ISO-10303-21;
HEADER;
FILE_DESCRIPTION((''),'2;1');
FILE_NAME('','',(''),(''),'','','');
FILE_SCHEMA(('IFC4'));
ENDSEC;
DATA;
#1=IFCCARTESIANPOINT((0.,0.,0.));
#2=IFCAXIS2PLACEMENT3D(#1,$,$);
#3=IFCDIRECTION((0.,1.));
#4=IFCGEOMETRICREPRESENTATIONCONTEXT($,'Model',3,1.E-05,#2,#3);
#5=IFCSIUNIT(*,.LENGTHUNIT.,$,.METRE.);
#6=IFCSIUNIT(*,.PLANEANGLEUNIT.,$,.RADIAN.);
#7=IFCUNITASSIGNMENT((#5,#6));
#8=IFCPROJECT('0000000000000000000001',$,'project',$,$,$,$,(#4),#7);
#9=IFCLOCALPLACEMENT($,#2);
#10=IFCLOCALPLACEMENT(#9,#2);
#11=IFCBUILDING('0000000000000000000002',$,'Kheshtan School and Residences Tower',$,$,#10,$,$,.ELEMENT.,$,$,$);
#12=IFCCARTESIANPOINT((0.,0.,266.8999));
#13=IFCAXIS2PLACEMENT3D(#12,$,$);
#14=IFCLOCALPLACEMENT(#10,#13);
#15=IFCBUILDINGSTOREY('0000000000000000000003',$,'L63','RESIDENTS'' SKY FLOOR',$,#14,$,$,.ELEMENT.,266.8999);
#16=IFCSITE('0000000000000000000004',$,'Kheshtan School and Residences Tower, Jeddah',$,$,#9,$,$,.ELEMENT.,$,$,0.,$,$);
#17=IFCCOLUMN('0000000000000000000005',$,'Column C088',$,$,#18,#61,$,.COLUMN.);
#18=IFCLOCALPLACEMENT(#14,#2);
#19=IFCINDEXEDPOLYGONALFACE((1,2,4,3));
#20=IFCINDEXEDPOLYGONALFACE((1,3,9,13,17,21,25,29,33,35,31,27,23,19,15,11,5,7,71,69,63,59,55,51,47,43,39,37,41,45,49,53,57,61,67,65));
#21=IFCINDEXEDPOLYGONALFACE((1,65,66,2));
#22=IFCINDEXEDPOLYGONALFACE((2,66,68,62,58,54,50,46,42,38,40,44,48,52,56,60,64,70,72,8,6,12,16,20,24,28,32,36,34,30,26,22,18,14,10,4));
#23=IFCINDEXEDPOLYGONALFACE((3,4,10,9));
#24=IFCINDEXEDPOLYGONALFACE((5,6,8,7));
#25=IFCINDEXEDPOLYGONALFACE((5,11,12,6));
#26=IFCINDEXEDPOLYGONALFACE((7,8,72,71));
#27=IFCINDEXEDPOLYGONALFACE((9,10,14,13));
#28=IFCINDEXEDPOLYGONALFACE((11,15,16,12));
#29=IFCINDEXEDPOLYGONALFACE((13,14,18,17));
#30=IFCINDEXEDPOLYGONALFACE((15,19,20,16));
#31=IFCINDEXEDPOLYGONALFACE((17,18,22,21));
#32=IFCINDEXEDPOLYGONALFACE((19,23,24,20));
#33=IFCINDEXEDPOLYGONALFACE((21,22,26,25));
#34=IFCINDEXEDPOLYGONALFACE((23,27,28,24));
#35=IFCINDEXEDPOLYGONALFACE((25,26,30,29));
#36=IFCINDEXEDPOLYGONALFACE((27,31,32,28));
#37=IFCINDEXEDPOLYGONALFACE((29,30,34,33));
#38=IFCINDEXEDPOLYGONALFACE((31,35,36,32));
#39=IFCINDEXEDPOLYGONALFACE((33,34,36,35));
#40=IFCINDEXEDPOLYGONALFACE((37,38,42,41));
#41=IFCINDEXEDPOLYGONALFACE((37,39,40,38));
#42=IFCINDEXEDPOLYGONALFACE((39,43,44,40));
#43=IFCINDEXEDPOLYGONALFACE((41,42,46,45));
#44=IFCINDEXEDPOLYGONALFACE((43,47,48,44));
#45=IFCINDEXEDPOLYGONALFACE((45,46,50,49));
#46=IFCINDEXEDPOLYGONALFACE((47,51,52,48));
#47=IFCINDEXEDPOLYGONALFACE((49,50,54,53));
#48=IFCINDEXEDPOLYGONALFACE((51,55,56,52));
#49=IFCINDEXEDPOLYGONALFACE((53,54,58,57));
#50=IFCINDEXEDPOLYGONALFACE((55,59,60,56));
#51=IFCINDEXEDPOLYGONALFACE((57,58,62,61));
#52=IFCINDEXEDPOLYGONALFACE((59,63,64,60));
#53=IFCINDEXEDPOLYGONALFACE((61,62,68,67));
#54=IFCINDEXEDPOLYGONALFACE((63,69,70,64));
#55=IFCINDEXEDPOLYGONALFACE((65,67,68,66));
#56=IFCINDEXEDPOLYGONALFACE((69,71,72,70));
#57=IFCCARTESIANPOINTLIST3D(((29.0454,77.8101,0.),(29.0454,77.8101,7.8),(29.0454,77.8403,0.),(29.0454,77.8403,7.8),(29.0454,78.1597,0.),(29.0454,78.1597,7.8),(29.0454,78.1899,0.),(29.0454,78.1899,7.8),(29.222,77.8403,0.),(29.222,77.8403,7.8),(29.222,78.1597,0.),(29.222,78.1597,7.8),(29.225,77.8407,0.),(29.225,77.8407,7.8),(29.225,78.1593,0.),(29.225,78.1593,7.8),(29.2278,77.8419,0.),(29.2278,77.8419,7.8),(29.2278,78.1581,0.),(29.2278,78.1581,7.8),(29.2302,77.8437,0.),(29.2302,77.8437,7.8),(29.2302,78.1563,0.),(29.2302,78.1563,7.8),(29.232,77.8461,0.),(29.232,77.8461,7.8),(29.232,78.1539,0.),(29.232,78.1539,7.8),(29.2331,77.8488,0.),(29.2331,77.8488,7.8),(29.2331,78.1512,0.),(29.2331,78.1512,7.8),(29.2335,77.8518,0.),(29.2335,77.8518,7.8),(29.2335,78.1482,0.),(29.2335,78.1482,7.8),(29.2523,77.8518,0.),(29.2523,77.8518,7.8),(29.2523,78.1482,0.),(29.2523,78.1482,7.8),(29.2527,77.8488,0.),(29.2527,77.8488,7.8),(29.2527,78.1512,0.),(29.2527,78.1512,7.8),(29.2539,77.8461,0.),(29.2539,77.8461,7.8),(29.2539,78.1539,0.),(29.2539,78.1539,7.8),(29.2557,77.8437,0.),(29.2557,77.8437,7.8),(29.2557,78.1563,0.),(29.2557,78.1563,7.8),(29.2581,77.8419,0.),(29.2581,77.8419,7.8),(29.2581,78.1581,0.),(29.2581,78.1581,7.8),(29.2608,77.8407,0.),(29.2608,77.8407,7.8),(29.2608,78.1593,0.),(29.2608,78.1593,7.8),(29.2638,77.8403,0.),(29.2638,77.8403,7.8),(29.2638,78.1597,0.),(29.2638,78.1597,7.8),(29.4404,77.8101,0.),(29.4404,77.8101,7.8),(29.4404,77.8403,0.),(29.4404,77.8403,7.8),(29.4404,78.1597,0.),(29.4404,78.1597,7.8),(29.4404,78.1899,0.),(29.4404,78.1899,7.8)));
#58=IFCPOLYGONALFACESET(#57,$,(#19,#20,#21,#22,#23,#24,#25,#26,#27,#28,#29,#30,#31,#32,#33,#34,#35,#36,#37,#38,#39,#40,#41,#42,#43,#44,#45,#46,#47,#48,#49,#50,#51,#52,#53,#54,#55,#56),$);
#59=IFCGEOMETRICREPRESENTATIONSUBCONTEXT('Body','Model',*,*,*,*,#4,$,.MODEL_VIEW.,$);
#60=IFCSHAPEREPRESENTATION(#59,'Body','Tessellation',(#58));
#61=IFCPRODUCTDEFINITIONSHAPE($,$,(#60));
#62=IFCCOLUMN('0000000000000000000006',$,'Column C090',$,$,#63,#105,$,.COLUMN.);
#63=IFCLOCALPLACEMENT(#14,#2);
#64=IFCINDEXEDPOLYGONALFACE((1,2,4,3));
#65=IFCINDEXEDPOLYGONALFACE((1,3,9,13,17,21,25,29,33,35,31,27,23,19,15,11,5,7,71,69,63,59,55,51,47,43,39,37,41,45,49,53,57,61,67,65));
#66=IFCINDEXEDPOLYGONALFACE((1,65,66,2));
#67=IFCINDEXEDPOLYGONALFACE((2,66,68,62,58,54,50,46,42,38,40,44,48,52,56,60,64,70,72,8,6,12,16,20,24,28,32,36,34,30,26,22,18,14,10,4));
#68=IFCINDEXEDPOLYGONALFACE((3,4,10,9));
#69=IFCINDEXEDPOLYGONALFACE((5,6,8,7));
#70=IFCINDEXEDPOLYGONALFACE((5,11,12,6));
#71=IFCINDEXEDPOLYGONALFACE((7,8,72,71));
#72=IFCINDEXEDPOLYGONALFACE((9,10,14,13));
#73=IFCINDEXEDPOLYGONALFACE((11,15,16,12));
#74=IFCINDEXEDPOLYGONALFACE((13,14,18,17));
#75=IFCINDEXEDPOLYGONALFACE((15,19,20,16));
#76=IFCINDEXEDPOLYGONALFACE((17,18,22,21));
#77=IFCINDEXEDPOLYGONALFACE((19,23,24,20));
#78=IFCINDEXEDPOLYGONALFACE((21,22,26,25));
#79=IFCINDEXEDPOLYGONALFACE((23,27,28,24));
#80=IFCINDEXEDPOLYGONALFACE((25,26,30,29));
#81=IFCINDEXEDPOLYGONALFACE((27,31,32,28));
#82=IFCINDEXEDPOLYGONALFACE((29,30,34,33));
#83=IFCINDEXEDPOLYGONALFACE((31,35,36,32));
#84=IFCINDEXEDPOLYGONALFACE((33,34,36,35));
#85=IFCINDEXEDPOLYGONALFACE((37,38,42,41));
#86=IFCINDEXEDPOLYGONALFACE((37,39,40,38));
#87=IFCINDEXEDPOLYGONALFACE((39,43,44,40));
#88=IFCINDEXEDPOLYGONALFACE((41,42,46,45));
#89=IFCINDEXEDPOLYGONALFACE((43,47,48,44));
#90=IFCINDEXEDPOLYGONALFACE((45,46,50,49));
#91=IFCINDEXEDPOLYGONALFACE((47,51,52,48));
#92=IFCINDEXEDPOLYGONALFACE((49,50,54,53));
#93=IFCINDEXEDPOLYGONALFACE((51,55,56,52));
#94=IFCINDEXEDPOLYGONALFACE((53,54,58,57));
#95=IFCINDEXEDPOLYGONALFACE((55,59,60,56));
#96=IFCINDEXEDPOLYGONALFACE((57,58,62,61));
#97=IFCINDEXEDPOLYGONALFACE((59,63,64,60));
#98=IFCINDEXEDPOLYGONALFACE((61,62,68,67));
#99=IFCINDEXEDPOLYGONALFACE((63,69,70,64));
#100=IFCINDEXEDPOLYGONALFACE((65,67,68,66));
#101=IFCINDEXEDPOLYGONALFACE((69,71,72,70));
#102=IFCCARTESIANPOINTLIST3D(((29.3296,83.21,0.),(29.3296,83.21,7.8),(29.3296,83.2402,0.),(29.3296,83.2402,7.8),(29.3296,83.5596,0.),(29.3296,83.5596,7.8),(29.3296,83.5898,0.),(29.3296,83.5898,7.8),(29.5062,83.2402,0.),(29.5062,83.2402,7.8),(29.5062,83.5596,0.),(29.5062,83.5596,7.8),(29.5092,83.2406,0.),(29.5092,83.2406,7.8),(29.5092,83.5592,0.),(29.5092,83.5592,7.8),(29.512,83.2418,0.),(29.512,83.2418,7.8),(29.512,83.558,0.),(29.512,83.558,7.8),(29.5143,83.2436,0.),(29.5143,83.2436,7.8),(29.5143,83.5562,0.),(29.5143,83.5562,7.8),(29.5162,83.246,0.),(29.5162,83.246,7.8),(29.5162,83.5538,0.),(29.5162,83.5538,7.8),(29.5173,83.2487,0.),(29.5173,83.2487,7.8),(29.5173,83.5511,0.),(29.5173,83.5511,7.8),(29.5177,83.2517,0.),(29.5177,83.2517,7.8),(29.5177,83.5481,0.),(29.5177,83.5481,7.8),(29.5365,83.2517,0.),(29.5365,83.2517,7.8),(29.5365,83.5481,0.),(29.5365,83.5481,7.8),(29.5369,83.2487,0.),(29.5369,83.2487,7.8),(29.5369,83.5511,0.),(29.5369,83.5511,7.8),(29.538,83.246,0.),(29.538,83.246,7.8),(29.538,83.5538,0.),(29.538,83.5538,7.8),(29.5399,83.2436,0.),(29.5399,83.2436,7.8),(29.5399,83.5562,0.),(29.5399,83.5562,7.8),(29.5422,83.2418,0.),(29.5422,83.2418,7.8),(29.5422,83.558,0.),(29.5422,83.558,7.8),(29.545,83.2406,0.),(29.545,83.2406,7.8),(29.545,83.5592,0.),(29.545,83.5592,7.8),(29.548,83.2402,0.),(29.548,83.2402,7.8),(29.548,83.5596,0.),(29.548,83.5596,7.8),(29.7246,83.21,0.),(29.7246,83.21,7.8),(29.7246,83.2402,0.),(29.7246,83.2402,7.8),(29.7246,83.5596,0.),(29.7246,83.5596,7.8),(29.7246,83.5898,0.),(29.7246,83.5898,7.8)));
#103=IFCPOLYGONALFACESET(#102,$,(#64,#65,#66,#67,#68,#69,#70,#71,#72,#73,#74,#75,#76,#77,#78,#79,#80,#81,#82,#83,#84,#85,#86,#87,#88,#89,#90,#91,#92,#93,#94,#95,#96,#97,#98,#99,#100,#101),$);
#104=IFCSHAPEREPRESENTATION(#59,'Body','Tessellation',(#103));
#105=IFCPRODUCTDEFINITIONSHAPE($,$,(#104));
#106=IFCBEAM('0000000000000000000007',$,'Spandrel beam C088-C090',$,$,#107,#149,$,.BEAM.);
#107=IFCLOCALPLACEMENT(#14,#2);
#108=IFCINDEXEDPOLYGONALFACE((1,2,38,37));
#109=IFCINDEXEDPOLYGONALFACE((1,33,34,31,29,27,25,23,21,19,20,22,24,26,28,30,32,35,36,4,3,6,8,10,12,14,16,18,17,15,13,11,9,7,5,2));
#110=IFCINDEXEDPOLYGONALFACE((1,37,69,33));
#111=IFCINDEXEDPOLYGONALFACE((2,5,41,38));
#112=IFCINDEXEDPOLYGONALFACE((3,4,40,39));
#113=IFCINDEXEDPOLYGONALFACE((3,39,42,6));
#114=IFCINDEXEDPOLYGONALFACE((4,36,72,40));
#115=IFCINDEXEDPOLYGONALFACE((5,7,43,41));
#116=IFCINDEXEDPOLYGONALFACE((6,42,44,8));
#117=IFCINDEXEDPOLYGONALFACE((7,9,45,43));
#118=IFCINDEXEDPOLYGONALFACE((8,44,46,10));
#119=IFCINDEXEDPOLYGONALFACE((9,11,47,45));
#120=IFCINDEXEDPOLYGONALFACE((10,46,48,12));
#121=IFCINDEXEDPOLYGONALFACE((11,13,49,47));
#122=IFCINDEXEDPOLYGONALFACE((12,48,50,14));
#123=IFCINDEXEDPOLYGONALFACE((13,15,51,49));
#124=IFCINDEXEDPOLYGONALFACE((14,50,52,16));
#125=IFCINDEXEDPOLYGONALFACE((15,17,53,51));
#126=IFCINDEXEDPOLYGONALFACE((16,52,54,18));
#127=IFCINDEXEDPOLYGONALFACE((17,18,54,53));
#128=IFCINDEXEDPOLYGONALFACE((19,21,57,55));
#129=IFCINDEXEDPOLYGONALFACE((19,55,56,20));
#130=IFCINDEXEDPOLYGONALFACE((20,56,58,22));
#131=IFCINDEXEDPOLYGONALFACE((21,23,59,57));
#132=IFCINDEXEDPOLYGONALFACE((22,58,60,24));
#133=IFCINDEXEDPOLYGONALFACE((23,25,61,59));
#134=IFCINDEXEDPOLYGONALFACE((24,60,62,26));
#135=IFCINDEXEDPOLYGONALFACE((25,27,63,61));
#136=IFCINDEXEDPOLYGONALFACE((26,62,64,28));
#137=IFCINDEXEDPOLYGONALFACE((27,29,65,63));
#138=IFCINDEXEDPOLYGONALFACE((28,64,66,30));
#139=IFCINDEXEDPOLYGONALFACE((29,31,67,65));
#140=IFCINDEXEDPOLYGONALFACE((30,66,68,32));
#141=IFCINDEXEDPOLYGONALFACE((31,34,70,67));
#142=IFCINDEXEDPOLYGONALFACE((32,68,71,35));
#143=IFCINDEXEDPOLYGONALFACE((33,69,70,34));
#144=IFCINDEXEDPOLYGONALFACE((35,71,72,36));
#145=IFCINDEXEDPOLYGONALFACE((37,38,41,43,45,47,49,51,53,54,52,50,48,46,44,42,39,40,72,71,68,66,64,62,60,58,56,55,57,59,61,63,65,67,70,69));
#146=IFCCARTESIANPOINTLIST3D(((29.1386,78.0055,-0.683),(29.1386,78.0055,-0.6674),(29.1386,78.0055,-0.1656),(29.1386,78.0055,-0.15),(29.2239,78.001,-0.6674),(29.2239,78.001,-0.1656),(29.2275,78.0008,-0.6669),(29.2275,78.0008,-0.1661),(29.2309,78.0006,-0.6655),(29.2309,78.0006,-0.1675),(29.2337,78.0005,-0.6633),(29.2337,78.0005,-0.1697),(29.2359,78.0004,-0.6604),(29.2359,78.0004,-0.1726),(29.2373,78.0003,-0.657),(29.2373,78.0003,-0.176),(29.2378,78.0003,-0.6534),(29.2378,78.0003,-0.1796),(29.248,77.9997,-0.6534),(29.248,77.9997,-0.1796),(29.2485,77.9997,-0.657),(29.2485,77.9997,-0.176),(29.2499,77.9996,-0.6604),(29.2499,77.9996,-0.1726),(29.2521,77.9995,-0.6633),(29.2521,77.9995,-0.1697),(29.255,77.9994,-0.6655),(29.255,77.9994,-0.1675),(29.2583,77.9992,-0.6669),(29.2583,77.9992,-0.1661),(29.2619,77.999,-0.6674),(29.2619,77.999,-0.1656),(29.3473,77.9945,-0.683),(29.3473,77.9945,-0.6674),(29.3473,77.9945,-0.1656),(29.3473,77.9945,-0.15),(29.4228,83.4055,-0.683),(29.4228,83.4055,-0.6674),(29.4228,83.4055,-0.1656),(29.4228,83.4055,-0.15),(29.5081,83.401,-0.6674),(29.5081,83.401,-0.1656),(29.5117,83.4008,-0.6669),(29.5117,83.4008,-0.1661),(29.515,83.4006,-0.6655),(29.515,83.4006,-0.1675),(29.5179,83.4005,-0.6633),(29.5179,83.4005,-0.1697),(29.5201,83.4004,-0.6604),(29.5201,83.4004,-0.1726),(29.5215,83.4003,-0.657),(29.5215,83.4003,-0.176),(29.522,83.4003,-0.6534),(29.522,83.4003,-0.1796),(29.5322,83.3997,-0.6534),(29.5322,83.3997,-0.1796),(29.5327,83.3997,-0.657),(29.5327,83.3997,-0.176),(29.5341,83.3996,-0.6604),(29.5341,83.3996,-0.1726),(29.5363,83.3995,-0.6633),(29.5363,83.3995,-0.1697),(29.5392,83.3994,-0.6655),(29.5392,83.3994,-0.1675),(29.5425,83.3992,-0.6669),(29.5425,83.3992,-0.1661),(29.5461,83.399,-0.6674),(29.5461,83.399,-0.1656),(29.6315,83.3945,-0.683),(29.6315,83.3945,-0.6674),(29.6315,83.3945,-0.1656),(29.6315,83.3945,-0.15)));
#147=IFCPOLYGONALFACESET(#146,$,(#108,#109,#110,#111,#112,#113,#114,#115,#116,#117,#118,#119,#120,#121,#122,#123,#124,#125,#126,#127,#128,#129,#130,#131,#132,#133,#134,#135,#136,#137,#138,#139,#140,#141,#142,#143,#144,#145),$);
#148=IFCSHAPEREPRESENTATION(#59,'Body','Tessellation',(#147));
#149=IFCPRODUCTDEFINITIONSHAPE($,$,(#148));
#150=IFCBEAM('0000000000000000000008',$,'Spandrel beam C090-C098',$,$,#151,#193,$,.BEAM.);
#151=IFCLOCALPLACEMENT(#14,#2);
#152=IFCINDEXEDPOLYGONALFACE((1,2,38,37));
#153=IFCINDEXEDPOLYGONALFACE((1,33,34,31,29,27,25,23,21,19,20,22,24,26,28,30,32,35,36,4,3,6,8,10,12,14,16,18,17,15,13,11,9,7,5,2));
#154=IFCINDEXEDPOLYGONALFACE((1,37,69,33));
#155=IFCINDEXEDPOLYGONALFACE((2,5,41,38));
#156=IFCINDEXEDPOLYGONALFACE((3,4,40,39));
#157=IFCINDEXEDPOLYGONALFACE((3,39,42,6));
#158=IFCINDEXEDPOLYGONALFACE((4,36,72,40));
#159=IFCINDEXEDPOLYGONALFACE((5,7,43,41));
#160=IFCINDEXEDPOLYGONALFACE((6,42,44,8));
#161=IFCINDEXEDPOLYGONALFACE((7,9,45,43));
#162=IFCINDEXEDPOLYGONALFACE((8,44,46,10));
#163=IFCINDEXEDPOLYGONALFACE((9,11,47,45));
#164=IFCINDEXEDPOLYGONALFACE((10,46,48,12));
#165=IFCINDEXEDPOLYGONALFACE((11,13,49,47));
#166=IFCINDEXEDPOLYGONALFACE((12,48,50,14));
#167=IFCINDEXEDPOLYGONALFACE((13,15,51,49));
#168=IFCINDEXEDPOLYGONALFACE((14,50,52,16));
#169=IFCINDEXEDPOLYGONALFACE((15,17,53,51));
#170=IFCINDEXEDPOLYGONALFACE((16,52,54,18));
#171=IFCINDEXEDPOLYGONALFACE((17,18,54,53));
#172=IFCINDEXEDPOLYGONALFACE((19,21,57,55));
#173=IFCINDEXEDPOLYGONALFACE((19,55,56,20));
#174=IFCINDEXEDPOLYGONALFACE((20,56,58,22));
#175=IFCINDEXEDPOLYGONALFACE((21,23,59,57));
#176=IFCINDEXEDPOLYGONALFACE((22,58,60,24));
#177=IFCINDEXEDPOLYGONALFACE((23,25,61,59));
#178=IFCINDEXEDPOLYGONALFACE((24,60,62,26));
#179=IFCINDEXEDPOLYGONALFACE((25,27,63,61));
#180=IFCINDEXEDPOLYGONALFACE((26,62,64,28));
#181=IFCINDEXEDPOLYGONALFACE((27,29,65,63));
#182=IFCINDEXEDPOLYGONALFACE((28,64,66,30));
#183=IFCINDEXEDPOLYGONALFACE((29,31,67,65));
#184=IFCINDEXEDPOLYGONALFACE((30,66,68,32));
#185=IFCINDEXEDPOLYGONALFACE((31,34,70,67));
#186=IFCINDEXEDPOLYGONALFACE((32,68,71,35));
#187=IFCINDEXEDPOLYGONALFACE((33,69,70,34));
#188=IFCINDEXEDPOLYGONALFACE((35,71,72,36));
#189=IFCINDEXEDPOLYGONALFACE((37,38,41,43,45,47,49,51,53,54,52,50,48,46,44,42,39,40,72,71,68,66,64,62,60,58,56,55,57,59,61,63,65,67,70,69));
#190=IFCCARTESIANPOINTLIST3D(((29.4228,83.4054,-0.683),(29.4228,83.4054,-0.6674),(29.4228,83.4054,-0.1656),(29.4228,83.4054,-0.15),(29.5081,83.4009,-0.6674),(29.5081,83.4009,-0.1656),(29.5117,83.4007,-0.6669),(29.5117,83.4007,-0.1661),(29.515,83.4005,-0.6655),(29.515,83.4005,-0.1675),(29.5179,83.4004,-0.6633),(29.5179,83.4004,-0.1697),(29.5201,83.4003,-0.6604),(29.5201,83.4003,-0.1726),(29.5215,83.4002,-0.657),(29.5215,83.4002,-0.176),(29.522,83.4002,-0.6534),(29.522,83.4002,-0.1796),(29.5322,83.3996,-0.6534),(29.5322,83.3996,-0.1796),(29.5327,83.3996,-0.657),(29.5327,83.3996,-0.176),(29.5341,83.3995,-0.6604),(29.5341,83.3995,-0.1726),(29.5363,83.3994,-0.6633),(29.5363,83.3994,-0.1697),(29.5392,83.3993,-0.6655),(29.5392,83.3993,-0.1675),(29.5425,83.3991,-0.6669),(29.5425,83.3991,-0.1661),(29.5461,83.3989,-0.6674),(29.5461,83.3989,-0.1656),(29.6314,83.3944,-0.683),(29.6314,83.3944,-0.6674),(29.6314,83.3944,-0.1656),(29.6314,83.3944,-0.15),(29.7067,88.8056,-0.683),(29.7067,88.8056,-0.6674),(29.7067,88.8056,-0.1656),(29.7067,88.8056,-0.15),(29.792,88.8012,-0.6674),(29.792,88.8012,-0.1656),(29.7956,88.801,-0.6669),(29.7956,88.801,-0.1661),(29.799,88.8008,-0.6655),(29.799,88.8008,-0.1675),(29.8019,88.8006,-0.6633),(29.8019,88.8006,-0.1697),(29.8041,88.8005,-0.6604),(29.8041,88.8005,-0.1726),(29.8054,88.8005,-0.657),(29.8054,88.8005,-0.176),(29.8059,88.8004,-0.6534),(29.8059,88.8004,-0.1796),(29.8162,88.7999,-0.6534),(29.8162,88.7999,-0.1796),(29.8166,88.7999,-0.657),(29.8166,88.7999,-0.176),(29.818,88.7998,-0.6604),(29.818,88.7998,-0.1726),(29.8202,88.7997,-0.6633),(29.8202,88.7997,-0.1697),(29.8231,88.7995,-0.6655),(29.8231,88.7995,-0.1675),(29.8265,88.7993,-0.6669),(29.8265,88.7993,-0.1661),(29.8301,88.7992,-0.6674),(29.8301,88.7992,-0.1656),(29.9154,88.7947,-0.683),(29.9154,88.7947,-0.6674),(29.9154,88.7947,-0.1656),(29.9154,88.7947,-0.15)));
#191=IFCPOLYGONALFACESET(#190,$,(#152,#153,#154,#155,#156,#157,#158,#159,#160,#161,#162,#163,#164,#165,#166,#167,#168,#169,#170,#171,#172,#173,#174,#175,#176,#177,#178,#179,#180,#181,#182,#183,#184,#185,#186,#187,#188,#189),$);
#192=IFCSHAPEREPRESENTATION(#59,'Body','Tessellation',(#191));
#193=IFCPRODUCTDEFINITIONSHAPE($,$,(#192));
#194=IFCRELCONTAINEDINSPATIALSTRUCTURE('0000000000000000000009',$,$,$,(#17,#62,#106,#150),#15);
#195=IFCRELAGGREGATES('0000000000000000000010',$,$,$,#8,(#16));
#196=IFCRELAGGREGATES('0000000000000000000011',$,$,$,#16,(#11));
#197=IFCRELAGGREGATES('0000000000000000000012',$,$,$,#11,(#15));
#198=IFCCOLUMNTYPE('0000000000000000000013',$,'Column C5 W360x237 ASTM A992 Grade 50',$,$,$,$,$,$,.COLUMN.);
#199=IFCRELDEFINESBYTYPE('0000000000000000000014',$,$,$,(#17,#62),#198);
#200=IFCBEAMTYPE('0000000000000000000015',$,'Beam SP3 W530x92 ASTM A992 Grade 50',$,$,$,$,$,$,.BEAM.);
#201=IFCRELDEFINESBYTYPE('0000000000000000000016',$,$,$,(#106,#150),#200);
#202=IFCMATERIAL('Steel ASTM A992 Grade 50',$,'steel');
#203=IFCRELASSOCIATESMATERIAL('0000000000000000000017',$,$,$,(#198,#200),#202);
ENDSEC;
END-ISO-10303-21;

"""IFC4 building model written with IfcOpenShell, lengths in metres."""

from ifc_helpers import new_model, si_unit, direction, frame, origin, origin_2d, place, context, subcontext, project, spatial, i_section, extrude, material, material_profile, profile_set, type_object, element, save


model = new_model("IFC4")

# Units and contexts
model_context = context("Model", 3, precision=1e-05, world=origin(), true_north=direction((0.0, 1.0)))
body_context = subcontext(model_context, "Body", "Model", "MODEL_VIEW")
ifc_project = project(units=[si_unit("LENGTHUNIT", "METRE"), si_unit("PLANEANGLEUNIT", "RADIAN")], contexts=[model_context])

# Site, building, storey
site_placement = place(None, origin())
site = spatial("IfcSite", under=ifc_project, at=site_placement, Name="Kheshtan School and Residences Tower, Jeddah", CompositionType="ELEMENT", RefElevation=0.0)
building_placement = place(site_placement, origin())
building = spatial("IfcBuilding", under=site, at=building_placement, Name="Kheshtan School and Residences Tower", CompositionType="ELEMENT")
storey_placement = place(building_placement, frame((0.0, 0.0, 266.8999)))
storey = spatial("IfcBuildingStorey", under=building, at=storey_placement, Name="L63", Description="RESIDENTS' SKY FLOOR", CompositionType="ELEMENT", Elevation=266.8999)

# Columns
ifc_material_1 = material(Name="Steel ASTM A992 Grade 50", Category="steel")
ifc_material_profile_1 = material_profile(ifc_material_1, i_section(OverallWidth=0.395, OverallDepth=0.3799, WebThickness=0.0188, FlangeThickness=0.0303, FilletRadius=0.0115, at=origin_2d()), Name="W360x237")
ifc_profile_set_1 = profile_set([ifc_material_profile_1], Name="Steel ASTM A992 Grade 50")
column_type = type_object("IfcColumnType", Name="Column C5 W360x237 ASTM A992 Grade 50", PredefinedType="COLUMN", material=ifc_profile_set_1)
for number, where, z_axis, x_axis, name in (
    (1, (29.2429, 78.0, 0.0), (0.0, 0.0, 1.0), (1.0, 0.0, 0.0), "Column C088"),
    (2, (29.5271, 83.3999, 0.0), (0.0, 0.0, 1.0), (1.0, 0.0, 0.0), "Column C090"),
):
    element("IfcColumn", number, at=place(storey_placement, frame(where, z_axis=z_axis, x_axis=x_axis)), inside=storey, type_object=column_type, Name=name, PredefinedType="COLUMN", context=body_context, shape_type="SweptSolid", body=[
        extrude(i_section(OverallWidth=0.395, OverallDepth=0.3799, WebThickness=0.0188, FlangeThickness=0.0303, FilletRadius=0.0115, at=origin_2d()), origin(), (0.0, 0.0, 1.0), 7.8),
    ])

# Beams
ifc_material_profile_2 = material_profile(ifc_material_1, i_section(OverallWidth=0.209, OverallDepth=0.533, WebThickness=0.0103, FlangeThickness=0.0156, FilletRadius=0.0139, at=origin_2d()), Name="W530x92")
ifc_profile_set_2 = profile_set([ifc_material_profile_2], Name="Steel ASTM A992 Grade 50")
beam_type = type_object("IfcBeamType", Name="Beam SP3 W530x92 ASTM A992 Grade 50", PredefinedType="BEAM", material=ifc_profile_set_2)
beam_1_placement = place(storey_placement, frame((29.2429, 78.0, -0.4165), z_axis=(0.052554, 0.998618, 0.0), x_axis=(-0.998618, 0.052554, 0.0)))
element("IfcBeam", 3, at=beam_1_placement, inside=storey, type_object=beam_type, Name="Spandrel beam C088-C090", PredefinedType="BEAM", context=body_context, shape_type="SweptSolid", body=[
    extrude(i_section(OverallWidth=0.209, OverallDepth=0.533, WebThickness=0.0103, FlangeThickness=0.0156, FilletRadius=0.0139, at=origin_2d()), origin(), (0.0, 0.0, 1.0), 5.4075),
])
beam_2_placement = place(storey_placement, frame((29.5271, 83.3999, -0.4165), z_axis=(0.052507, 0.998621, 0.0), x_axis=(-0.998621, 0.052507, 0.0)))
element("IfcBeam", 4, at=beam_2_placement, inside=storey, type_object=beam_type, Name="Spandrel beam C090-C098", PredefinedType="BEAM", context=body_context, shape_type="SweptSolid", body=[
    extrude(i_section(OverallWidth=0.209, OverallDepth=0.533, WebThickness=0.0103, FlangeThickness=0.0156, FilletRadius=0.0139, at=origin_2d()), origin(), (0.0, 0.0, 1.0), 5.4077),
])

save(model, "model.ifc")
